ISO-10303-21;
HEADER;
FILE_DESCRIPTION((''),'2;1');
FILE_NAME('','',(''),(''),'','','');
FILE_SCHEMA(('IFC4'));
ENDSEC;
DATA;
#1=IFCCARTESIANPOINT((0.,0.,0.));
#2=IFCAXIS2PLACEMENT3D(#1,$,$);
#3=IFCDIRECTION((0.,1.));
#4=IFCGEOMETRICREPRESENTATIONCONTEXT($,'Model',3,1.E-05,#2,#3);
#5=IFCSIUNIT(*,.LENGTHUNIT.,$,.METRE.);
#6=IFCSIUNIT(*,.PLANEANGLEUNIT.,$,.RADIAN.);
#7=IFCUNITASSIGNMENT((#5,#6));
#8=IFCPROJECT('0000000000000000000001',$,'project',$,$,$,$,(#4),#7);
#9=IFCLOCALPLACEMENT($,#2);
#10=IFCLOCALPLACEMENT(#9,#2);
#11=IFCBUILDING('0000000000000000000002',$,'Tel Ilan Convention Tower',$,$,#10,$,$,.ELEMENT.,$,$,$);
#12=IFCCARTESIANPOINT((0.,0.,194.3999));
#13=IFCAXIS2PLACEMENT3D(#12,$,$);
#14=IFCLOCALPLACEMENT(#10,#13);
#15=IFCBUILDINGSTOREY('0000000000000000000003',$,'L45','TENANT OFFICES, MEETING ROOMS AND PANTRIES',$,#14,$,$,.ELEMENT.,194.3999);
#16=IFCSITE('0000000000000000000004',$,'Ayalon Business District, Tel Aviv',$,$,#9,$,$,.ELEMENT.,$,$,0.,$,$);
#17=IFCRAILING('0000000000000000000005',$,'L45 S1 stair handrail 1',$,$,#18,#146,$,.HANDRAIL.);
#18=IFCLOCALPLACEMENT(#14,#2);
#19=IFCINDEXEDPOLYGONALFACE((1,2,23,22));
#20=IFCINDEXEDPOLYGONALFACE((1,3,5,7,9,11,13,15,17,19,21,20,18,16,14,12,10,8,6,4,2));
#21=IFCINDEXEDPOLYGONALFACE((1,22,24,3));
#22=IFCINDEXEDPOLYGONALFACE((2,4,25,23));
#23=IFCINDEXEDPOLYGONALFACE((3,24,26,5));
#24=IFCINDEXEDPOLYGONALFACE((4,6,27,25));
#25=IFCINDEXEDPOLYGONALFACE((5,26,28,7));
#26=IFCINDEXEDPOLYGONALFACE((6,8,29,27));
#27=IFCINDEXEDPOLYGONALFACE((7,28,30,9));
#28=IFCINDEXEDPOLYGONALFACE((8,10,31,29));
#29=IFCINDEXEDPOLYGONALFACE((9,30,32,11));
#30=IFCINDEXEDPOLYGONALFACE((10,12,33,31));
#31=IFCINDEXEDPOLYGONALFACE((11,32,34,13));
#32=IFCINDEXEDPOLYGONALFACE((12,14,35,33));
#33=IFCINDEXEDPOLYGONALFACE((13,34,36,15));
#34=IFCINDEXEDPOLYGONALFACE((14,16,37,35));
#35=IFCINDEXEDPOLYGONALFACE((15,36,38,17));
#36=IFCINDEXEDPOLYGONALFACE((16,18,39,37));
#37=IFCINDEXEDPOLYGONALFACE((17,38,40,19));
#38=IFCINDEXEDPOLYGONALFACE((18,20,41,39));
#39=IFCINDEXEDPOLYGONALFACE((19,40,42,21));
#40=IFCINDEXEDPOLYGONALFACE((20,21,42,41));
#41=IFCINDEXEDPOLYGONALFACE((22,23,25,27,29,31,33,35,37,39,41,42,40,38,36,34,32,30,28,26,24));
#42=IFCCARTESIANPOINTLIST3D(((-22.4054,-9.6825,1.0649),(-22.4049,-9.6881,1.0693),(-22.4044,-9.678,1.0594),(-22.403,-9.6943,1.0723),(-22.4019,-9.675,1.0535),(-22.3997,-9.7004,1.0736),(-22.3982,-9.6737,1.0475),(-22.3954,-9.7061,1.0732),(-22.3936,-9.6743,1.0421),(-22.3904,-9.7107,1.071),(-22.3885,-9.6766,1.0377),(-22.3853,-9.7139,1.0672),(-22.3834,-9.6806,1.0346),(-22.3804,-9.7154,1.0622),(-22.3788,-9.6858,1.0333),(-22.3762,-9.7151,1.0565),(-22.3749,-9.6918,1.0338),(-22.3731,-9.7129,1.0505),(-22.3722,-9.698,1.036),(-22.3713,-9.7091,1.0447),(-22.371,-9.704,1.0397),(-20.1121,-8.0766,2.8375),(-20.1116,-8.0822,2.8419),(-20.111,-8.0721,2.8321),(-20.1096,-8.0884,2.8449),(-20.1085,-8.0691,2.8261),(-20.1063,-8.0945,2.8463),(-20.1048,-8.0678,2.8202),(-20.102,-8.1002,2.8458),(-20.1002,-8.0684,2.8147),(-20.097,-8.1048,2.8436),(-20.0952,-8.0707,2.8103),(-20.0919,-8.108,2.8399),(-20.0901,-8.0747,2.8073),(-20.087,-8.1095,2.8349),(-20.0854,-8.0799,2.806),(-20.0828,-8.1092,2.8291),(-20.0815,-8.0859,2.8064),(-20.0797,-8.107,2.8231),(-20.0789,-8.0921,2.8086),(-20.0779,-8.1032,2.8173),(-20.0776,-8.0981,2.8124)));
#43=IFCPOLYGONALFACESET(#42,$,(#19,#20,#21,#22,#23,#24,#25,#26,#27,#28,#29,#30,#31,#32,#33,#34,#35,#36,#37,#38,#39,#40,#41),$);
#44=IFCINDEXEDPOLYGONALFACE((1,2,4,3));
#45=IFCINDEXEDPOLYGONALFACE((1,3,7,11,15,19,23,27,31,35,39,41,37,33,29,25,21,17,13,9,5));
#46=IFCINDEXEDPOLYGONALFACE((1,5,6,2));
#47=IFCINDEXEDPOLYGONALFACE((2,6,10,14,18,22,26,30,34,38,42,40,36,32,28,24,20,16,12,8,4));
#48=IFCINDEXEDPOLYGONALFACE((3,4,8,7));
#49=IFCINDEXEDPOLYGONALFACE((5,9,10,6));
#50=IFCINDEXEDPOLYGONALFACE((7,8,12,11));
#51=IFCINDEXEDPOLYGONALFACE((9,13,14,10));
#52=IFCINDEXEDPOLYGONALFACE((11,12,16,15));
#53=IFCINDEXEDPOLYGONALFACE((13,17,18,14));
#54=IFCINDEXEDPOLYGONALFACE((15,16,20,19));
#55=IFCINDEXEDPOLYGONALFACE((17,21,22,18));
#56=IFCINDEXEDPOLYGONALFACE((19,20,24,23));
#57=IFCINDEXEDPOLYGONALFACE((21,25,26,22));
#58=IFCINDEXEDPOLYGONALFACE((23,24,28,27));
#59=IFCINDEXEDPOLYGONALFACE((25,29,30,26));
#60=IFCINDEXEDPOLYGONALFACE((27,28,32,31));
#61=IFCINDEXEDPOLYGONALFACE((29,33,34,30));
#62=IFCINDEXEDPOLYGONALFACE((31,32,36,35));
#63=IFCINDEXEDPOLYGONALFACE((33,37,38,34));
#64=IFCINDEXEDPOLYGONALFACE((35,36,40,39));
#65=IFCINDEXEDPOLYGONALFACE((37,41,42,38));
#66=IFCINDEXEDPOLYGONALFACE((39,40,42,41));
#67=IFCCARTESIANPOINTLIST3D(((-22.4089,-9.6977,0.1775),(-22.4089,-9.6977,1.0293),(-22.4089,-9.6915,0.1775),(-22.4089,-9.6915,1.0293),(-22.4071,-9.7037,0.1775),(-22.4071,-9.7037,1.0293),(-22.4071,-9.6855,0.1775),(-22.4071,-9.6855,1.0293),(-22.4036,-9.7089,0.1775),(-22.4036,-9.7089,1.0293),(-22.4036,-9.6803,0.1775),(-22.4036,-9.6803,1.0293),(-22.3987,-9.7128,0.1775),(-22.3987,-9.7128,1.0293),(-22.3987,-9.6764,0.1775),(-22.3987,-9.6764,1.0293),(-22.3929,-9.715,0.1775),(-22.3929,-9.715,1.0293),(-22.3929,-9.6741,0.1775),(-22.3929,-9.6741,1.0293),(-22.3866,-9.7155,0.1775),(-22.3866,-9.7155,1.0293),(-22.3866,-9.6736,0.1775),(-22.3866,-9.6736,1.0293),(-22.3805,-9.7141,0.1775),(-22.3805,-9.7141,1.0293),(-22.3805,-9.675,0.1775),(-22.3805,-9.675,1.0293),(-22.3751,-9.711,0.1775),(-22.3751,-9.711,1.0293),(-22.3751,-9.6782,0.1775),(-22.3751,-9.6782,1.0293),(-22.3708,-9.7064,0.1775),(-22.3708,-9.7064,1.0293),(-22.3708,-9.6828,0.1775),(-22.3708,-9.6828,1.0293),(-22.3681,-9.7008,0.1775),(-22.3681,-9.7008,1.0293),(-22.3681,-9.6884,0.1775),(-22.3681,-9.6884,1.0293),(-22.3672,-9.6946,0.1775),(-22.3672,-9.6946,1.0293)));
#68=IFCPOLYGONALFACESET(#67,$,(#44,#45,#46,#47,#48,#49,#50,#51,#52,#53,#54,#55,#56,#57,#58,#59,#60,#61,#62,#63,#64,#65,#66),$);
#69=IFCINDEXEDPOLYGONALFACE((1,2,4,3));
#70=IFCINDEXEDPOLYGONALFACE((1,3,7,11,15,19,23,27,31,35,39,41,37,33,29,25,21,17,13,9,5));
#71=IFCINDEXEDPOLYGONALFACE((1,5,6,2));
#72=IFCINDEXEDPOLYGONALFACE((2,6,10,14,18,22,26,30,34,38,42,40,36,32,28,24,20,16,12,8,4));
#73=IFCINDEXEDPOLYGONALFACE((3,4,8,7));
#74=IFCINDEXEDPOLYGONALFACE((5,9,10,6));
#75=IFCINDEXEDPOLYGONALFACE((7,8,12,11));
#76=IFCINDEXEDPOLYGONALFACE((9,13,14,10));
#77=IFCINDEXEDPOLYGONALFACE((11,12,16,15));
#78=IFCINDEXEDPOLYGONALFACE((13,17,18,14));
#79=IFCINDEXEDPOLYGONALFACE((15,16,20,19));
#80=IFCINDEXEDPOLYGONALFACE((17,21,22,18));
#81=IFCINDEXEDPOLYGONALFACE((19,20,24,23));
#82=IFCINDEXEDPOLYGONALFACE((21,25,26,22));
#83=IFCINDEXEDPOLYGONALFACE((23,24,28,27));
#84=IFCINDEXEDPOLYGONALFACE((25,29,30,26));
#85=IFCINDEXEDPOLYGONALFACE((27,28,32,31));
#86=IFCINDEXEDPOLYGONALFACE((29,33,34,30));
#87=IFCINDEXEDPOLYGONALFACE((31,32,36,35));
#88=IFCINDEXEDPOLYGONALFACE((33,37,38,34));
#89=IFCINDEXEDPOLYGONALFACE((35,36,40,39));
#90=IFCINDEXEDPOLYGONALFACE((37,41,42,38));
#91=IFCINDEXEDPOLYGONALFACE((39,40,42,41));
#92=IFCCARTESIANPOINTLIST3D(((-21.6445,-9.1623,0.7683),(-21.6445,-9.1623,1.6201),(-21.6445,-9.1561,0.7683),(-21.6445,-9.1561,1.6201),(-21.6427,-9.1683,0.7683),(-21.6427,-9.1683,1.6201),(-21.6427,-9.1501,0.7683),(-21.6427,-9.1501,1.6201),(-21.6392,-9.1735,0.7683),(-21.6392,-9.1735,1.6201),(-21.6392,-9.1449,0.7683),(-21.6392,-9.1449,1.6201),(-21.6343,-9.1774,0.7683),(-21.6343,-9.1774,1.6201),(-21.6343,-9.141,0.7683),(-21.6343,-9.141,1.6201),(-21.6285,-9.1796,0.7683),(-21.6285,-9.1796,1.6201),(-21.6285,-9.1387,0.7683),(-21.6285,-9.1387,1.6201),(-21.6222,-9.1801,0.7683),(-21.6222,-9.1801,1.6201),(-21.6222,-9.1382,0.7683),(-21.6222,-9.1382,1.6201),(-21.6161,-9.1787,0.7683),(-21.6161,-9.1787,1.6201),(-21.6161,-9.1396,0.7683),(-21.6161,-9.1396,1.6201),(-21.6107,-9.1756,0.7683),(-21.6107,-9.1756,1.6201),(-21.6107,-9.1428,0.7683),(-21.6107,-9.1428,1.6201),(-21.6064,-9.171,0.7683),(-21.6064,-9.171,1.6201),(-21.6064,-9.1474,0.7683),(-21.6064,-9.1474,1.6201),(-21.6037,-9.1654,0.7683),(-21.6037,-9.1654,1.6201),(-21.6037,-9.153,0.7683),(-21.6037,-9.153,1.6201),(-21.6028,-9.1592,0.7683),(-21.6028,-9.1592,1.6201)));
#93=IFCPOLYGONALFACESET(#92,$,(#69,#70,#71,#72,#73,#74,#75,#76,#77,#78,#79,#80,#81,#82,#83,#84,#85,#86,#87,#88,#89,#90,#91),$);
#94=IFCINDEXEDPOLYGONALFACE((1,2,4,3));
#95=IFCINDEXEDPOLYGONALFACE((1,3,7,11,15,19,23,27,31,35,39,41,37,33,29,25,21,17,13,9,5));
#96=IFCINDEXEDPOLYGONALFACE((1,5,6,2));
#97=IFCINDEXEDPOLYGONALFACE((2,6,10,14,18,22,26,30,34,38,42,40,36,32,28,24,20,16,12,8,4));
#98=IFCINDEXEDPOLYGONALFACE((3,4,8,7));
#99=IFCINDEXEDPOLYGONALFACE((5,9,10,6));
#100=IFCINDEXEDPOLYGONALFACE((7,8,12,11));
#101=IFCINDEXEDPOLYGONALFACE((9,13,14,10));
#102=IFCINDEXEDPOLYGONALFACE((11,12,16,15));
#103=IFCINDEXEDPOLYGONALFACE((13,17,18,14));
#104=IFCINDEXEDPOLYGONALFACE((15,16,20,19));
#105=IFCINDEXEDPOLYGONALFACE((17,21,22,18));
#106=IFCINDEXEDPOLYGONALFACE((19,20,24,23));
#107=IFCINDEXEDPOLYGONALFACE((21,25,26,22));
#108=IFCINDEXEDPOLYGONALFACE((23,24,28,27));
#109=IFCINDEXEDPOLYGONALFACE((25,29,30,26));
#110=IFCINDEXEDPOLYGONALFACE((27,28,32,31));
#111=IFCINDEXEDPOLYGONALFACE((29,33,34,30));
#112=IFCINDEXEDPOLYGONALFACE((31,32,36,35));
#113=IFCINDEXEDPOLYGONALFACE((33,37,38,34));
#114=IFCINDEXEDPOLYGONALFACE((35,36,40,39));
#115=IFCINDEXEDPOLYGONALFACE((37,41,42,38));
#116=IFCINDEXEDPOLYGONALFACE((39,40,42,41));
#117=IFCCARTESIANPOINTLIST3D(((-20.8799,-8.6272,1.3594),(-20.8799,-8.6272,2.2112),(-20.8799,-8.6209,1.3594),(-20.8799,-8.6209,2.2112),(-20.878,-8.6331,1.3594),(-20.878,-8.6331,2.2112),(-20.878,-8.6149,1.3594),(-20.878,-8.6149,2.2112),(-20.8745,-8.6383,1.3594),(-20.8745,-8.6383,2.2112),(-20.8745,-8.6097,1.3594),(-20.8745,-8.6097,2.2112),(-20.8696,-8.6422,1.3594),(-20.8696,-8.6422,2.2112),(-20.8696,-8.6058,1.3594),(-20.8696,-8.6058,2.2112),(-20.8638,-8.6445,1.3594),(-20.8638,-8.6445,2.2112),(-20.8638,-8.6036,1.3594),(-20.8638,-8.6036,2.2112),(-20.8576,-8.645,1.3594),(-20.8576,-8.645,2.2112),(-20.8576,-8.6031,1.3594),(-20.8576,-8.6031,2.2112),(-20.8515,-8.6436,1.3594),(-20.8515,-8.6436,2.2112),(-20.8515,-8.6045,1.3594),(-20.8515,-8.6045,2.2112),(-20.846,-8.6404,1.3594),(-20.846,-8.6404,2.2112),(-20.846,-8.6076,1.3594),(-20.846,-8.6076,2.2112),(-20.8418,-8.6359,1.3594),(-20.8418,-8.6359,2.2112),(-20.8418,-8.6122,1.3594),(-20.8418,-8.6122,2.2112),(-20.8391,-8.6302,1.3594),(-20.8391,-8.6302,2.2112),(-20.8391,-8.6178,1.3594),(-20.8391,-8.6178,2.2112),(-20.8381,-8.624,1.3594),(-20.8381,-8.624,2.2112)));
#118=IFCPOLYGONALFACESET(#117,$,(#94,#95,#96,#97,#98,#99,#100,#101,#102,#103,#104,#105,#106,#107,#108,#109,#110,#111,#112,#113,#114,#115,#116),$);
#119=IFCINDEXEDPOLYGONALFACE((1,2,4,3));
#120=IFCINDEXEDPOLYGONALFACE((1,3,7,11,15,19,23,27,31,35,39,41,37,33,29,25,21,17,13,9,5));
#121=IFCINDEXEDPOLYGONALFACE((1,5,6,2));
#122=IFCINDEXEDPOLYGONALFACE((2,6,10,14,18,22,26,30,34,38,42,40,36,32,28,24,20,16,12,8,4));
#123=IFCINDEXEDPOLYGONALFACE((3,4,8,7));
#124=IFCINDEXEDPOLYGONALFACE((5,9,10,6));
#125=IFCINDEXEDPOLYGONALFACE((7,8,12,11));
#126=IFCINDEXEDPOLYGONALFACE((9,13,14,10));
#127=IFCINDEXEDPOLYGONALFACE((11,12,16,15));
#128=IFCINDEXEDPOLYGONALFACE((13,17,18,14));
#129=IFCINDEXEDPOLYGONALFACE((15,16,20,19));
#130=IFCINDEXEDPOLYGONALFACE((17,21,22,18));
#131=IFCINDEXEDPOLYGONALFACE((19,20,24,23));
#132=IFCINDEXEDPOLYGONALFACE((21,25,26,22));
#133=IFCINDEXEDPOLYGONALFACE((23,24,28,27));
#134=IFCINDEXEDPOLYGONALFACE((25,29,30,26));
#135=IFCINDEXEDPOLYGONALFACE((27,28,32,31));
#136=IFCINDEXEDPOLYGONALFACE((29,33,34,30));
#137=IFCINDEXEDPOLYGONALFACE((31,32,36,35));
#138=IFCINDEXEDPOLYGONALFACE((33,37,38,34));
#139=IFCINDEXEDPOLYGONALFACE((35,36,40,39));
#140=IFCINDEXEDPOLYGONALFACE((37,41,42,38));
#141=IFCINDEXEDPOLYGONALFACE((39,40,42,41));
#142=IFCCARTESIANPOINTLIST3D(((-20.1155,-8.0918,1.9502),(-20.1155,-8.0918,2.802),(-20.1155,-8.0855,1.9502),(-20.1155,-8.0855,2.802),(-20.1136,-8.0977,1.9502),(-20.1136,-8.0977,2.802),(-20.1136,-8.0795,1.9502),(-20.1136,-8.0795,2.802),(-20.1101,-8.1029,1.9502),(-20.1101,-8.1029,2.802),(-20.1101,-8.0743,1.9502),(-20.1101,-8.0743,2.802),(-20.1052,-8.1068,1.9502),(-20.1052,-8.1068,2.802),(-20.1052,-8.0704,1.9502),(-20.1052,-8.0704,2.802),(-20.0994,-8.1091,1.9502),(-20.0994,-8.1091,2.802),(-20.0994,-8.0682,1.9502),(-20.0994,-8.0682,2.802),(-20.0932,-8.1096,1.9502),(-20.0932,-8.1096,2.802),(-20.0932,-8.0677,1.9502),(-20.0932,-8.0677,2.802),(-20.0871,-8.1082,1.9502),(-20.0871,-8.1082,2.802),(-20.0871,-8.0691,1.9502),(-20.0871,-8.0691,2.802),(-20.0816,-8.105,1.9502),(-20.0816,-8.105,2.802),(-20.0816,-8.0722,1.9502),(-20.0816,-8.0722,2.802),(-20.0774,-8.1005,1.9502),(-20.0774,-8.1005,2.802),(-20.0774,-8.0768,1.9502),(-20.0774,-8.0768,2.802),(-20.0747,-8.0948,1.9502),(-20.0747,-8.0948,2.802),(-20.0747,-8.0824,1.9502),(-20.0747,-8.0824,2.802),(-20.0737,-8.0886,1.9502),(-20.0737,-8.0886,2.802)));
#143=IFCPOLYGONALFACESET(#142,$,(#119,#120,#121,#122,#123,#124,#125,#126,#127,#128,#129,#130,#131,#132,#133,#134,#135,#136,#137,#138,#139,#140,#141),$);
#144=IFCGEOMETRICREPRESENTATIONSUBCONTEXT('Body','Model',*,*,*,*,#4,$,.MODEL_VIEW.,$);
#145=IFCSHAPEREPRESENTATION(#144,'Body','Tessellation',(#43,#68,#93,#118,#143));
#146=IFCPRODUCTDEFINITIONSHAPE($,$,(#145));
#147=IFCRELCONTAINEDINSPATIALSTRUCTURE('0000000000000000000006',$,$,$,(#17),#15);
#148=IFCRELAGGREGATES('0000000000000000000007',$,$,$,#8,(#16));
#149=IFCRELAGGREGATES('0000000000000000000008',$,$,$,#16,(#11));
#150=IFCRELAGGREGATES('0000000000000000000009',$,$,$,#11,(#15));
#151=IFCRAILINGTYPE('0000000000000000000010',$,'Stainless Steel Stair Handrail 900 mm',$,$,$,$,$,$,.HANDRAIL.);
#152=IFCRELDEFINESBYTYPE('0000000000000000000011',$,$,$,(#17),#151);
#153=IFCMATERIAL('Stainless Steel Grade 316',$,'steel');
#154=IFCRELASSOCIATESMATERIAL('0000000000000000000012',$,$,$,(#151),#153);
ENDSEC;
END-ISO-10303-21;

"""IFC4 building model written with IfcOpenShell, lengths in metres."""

from ifc_helpers import new_model, si_unit, direction, frame, origin, origin_2d, place, context, subcontext, project, spatial, circle, extrude, material, type_object, element, save


model = new_model("IFC4")

# Units and contexts
model_context = context("Model", 3, precision=1e-05, world=origin(), true_north=direction((0.0, 1.0)))
body_context = subcontext(model_context, "Body", "Model", "MODEL_VIEW")
ifc_project = project(units=[si_unit("LENGTHUNIT", "METRE"), si_unit("PLANEANGLEUNIT", "RADIAN")], contexts=[model_context])

# Site, building, storey
site_placement = place(None, origin())
site = spatial("IfcSite", under=ifc_project, at=site_placement, Name="Ayalon Business District, Tel Aviv", CompositionType="ELEMENT", RefElevation=0.0)
building_placement = place(site_placement, origin())
building = spatial("IfcBuilding", under=site, at=building_placement, Name="Tel Ilan Convention Tower", CompositionType="ELEMENT")
storey_placement = place(building_placement, frame((0.0, 0.0, 194.3999)))
storey = spatial("IfcBuildingStorey", under=building, at=storey_placement, Name="L45", Description="TENANT OFFICES, MEETING ROOMS AND PANTRIES", CompositionType="ELEMENT", Elevation=194.3999)

# Railing
ifc_material_1 = material(Name="Stainless Steel Grade 316", Category="steel")
railing_type_1 = type_object("IfcRailingType", Name="Stainless Steel Stair Handrail 900 mm", PredefinedType="HANDRAIL", material=ifc_material_1)
railing_1_placement = place(storey_placement, frame((-22.3882, -9.6946, 0.1775)))
element("IfcRailing", 1, at=railing_1_placement, inside=storey, type_object=railing_type_1, Name="L45 S1 stair handrail 1", PredefinedType="HANDRAIL", context=body_context, shape_type="SweptSolid", body=[
    extrude(circle(Radius=0.0239, at=origin_2d()), frame((0.0, 0.0, 0.876), z_axis=(0.692085, 0.484621, 0.53494), x_axis=(-0.573591, 0.819142, 0.0)), (0.0, 0.0, 1.0), 3.3137),
    extrude(circle(Radius=0.021, at=origin_2d()), origin(), (0.0, 0.0, 1.0), 0.8518),
    extrude(circle(Radius=0.021, at=origin_2d()), frame((0.7644, 0.5354, 0.5908)), (0.0, 0.0, 1.0), 0.8518),
    extrude(circle(Radius=0.021, at=origin_2d()), frame((1.5291, 1.0706, 1.1819)), (0.0, 0.0, 1.0), 0.8518),
    extrude(circle(Radius=0.021, at=origin_2d()), frame((2.2935, 1.606, 1.7727)), (0.0, 0.0, 1.0), 0.8518),
])

save(model, "model.ifc")
